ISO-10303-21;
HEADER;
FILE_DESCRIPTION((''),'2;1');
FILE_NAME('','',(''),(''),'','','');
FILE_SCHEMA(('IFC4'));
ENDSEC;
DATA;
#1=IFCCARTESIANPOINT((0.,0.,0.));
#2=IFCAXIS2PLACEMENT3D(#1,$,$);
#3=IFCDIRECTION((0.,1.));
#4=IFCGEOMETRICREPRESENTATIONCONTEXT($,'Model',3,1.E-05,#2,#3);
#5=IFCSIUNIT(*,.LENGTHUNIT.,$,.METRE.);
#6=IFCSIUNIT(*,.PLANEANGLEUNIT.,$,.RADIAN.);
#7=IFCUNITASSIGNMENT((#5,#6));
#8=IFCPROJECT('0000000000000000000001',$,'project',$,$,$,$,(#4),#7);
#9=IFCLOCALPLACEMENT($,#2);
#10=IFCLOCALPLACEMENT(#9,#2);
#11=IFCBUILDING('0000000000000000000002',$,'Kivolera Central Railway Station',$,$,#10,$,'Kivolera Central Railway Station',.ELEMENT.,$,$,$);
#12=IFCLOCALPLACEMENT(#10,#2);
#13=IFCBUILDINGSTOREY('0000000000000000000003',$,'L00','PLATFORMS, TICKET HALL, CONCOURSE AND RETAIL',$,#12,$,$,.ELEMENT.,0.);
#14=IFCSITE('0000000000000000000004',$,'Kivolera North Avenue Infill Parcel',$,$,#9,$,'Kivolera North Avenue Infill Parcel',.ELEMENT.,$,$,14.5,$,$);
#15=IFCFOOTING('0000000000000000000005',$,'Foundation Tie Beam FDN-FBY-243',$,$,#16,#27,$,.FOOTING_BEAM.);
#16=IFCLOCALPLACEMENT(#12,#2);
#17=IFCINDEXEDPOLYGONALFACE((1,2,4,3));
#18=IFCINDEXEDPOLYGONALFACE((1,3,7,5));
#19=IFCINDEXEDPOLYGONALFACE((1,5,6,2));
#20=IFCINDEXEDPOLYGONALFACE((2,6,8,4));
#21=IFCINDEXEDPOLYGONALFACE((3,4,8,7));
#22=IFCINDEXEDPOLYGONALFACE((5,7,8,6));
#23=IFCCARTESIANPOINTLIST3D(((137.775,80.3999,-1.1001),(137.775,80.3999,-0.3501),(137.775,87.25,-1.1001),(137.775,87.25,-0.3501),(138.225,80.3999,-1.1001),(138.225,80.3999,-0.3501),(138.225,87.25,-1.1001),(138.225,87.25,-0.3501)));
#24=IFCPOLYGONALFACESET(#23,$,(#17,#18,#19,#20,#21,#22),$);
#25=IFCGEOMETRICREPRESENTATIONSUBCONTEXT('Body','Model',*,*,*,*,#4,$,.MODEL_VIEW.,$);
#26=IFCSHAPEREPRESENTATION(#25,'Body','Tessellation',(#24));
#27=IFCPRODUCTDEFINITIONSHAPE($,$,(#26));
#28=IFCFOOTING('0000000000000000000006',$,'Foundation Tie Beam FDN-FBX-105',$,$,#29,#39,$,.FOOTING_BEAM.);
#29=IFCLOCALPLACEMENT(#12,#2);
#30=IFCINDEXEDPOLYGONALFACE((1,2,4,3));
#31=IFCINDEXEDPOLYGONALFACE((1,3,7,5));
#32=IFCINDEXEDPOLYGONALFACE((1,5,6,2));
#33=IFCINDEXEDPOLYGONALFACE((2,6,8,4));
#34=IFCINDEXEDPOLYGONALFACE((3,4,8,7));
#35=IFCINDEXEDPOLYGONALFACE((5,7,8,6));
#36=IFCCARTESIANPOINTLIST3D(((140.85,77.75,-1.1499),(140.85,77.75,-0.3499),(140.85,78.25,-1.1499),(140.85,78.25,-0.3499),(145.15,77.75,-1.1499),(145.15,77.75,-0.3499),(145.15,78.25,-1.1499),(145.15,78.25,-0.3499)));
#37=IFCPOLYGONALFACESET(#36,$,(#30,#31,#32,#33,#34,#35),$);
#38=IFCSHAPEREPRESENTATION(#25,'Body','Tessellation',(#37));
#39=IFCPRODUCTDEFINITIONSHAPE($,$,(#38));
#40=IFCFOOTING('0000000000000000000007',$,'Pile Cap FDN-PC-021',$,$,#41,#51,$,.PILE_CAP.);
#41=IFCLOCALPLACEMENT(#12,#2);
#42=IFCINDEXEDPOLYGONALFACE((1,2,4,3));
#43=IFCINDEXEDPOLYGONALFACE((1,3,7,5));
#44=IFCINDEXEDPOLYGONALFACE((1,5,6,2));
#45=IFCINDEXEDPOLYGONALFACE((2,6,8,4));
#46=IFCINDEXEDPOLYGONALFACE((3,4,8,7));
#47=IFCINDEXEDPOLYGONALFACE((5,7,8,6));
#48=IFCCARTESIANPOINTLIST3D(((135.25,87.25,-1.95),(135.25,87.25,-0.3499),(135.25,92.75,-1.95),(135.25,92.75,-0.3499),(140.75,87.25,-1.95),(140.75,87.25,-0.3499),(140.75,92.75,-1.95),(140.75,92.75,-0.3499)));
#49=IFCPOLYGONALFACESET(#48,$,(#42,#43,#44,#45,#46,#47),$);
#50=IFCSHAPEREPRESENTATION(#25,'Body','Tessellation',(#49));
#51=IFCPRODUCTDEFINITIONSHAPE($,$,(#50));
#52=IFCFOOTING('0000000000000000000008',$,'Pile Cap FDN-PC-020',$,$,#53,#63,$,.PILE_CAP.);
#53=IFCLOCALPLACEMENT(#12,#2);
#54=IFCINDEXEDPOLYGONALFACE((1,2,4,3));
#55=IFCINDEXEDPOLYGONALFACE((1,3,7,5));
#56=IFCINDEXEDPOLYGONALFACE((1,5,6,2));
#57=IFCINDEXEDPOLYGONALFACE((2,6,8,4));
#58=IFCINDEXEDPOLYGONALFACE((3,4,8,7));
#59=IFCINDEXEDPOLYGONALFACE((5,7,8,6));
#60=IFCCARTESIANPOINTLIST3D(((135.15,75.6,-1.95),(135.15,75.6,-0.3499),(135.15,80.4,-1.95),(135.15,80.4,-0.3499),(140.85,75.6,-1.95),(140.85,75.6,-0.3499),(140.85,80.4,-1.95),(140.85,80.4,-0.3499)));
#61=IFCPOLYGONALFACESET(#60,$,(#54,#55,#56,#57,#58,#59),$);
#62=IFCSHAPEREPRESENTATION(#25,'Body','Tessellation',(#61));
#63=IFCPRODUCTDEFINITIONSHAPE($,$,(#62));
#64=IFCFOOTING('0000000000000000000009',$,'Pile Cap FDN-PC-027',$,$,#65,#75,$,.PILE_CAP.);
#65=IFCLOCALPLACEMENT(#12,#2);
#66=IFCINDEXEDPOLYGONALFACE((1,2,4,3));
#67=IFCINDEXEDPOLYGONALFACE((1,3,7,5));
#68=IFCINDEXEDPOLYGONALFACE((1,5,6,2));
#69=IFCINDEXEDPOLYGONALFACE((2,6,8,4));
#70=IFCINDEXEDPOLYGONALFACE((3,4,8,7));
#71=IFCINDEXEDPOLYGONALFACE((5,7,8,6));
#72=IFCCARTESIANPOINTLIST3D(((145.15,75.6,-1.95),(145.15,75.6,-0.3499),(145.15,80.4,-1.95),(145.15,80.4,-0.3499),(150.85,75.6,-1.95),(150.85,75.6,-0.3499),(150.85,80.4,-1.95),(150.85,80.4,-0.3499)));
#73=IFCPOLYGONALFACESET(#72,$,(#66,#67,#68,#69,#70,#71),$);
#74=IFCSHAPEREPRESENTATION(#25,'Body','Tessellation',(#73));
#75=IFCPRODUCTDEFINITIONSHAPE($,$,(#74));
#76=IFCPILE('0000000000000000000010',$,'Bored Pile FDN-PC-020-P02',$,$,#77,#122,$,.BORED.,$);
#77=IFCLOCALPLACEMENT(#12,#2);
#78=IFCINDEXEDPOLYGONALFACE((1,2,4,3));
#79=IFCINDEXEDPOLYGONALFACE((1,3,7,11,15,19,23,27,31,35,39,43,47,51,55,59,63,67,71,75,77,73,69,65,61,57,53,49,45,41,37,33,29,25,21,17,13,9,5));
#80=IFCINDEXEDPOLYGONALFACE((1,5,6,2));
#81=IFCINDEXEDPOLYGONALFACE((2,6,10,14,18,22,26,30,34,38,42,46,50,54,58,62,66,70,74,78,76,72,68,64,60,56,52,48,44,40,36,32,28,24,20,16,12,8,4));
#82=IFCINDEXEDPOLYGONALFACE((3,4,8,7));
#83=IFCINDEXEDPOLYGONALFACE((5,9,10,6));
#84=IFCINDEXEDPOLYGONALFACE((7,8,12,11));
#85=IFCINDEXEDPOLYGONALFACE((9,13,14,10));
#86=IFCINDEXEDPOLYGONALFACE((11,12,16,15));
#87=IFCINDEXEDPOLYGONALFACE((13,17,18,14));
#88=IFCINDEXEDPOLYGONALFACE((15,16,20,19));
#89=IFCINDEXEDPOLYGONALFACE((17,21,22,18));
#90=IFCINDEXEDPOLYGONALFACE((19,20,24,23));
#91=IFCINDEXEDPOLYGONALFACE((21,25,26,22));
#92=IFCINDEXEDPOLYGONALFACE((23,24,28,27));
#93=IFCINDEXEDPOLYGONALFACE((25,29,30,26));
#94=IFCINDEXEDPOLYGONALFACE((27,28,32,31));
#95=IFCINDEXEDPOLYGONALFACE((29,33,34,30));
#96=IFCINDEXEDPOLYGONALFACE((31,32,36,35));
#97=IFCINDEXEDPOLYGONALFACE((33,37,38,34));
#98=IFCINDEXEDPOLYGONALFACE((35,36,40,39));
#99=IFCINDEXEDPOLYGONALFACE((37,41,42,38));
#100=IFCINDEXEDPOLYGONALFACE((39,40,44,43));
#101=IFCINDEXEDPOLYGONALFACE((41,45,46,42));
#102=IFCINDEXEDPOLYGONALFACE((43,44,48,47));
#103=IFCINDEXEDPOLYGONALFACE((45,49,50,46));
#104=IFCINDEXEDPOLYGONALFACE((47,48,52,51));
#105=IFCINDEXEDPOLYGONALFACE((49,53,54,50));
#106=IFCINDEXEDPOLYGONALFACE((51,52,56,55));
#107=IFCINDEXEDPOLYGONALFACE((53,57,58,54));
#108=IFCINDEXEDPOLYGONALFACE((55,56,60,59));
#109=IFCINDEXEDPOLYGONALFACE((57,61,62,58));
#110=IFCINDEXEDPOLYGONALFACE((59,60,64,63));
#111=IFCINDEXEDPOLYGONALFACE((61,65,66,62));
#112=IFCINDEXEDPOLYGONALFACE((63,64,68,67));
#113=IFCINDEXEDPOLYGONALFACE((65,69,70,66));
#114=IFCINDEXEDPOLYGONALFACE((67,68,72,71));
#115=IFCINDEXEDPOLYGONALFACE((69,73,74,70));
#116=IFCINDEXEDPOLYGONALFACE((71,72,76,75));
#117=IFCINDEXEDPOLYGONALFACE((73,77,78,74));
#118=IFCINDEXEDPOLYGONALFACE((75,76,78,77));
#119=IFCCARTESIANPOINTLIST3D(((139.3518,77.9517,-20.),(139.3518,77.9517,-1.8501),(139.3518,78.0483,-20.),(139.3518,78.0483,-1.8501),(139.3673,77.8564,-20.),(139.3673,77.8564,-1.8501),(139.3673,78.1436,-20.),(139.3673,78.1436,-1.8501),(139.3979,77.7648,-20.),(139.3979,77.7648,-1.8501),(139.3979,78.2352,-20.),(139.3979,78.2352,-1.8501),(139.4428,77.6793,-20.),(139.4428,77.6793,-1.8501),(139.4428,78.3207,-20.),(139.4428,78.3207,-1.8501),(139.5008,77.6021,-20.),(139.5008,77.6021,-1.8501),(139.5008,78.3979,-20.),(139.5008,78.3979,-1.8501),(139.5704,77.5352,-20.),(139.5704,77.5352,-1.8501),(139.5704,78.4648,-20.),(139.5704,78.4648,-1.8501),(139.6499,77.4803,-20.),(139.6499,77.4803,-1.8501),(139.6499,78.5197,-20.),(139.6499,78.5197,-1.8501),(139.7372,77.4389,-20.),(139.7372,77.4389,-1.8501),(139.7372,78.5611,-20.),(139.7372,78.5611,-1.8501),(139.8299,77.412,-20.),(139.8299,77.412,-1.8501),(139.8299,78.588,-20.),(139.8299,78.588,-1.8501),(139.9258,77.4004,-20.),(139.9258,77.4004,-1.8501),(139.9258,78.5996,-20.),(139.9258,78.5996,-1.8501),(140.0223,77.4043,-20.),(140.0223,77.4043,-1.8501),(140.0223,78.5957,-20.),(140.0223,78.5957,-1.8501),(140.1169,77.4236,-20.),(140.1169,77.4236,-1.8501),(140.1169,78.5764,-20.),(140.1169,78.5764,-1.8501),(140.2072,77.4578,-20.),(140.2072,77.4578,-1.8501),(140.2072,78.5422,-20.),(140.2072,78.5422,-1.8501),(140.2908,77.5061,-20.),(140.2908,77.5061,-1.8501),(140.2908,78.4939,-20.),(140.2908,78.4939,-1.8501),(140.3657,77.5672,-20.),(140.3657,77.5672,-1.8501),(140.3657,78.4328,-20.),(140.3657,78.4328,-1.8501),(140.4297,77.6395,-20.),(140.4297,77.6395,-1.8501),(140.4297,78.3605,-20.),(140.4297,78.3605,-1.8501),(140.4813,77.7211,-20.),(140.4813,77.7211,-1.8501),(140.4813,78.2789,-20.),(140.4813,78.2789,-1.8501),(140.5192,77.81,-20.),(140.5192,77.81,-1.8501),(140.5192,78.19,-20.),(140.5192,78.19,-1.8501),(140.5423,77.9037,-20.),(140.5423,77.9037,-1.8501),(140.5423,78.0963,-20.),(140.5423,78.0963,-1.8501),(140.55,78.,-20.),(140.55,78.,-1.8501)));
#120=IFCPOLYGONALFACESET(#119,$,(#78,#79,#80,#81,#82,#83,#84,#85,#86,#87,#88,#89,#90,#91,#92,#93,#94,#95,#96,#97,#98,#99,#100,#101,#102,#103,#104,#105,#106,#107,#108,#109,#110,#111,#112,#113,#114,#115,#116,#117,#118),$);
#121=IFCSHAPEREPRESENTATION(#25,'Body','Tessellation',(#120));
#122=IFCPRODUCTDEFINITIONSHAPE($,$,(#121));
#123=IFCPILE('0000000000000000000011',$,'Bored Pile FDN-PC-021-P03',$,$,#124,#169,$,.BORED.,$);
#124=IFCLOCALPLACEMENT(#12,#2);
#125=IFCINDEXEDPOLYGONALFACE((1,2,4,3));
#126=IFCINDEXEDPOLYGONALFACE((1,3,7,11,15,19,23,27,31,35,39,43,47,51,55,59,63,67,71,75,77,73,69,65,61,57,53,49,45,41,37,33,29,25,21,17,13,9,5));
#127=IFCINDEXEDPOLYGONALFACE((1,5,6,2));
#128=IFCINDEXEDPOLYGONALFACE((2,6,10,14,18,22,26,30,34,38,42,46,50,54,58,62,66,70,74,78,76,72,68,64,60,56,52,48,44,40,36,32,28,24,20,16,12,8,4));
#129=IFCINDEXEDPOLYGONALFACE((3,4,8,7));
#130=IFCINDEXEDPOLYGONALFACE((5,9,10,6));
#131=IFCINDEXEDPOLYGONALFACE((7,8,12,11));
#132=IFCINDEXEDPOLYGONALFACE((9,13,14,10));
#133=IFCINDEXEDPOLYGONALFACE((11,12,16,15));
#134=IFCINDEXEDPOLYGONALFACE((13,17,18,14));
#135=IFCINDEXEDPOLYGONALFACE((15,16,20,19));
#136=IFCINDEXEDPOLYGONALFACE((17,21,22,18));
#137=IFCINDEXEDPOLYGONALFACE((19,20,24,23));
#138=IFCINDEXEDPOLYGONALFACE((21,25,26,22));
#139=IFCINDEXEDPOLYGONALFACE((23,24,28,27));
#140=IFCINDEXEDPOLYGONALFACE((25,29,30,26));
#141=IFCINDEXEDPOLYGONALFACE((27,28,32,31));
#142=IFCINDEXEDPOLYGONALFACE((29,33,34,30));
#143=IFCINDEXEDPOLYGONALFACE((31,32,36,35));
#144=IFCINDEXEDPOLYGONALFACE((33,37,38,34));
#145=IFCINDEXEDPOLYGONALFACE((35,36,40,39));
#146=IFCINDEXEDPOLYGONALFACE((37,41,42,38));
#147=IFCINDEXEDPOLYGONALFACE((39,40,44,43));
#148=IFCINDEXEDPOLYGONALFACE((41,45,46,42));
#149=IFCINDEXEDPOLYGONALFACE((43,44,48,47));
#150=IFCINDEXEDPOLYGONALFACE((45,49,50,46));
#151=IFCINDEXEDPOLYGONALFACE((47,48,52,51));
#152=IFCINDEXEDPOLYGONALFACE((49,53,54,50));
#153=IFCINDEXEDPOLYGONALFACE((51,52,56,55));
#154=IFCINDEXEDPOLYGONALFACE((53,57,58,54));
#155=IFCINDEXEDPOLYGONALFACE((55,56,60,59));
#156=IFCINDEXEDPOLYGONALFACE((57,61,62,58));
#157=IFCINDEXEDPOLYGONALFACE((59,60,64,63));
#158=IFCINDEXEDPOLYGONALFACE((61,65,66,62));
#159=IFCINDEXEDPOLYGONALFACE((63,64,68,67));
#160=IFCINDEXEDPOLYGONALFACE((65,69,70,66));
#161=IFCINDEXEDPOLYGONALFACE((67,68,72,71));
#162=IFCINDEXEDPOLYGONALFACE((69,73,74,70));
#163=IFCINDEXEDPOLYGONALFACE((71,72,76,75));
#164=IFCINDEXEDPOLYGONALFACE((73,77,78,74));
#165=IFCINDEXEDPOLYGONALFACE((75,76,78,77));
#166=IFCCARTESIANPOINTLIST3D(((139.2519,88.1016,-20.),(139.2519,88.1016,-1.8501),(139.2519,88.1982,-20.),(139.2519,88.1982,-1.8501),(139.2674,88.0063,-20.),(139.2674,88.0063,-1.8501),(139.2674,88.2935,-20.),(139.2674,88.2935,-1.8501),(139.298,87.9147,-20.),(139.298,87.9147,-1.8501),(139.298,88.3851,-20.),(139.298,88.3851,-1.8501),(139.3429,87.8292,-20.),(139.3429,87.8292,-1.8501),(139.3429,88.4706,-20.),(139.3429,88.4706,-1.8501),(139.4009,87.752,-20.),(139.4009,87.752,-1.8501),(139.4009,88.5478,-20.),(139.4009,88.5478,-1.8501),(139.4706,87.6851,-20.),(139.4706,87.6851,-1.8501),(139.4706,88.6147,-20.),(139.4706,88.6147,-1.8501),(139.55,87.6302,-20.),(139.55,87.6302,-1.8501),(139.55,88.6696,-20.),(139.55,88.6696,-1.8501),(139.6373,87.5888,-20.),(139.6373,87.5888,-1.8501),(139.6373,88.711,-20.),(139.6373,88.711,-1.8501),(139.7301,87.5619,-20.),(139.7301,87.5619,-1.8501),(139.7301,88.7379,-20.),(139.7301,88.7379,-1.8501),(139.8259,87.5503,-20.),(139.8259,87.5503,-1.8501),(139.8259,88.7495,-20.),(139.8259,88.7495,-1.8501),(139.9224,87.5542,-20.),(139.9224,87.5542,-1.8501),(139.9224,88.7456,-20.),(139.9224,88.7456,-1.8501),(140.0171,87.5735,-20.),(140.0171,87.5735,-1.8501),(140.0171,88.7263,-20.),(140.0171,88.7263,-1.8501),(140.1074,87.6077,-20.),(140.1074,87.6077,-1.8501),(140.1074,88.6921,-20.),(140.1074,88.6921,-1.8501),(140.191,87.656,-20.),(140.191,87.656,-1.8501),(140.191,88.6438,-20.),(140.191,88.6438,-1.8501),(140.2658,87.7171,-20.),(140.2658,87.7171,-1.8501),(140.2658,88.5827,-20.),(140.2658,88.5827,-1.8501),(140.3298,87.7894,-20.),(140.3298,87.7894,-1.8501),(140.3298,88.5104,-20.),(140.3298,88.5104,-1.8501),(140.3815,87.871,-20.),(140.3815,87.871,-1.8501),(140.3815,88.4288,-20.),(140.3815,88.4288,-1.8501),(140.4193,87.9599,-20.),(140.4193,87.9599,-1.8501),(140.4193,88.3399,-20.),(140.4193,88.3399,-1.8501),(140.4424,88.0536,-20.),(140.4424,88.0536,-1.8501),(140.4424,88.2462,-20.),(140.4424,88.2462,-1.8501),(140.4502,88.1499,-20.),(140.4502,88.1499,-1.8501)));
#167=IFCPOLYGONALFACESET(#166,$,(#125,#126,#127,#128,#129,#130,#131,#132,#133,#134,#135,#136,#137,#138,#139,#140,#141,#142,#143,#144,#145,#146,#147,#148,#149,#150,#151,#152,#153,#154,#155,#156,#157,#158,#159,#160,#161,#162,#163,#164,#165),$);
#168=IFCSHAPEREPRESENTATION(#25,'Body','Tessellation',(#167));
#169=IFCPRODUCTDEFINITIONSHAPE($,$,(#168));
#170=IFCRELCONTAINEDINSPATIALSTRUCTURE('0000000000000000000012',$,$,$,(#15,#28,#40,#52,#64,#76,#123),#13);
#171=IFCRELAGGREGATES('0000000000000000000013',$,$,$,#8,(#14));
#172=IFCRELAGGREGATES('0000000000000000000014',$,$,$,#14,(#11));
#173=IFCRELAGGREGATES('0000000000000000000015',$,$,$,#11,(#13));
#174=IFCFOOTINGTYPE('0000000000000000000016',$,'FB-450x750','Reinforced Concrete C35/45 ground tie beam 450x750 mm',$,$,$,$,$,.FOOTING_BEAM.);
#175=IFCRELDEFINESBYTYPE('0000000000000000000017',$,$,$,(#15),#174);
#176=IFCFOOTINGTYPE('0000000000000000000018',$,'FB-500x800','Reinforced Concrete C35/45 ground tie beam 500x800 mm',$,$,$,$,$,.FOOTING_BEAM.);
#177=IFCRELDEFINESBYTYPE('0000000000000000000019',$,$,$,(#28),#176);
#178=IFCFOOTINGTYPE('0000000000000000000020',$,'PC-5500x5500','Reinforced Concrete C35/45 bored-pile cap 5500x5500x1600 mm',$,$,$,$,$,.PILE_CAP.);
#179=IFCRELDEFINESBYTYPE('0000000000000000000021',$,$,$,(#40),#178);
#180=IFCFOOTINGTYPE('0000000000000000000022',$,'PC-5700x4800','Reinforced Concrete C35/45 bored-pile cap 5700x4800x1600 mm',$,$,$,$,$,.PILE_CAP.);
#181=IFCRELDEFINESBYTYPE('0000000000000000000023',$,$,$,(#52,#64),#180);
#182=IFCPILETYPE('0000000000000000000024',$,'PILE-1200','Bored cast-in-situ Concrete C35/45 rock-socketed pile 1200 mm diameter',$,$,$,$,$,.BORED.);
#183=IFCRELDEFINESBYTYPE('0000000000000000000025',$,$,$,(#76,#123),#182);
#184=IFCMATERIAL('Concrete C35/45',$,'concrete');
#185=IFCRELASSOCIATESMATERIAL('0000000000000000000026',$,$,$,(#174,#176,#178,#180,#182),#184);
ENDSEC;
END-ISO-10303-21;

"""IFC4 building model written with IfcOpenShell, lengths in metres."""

from ifc_helpers import new_model, si_unit, direction, frame, origin, origin_2d, place, context, subcontext, project, spatial, rectangle, circle, extrude, material, material_profile, profile_set, type_object, element, save


model = new_model("IFC4")

# Units and contexts
model_context = context("Model", 3, precision=1e-05, world=origin(), true_north=direction((0.0, 1.0)))
body_context = subcontext(model_context, "Body", "Model", "MODEL_VIEW")
ifc_project = project(units=[si_unit("LENGTHUNIT", "METRE"), si_unit("PLANEANGLEUNIT", "RADIAN")], contexts=[model_context])

# Site, building, storey
site_placement = place(None, origin())
site = spatial("IfcSite", under=ifc_project, at=site_placement, Name="Kivolera North Avenue Infill Parcel", LongName="Kivolera North Avenue Infill Parcel", CompositionType="ELEMENT", RefElevation=14.5)
building_placement = place(site_placement, origin())
building = spatial("IfcBuilding", under=site, at=building_placement, Name="Kivolera Central Railway Station", LongName="Kivolera Central Railway Station", CompositionType="ELEMENT")
storey_placement = place(building_placement, origin())
storey = spatial("IfcBuildingStorey", under=building, at=storey_placement, Name="L00", Description="PLATFORMS, TICKET HALL, CONCOURSE AND RETAIL", CompositionType="ELEMENT", Elevation=0.0)

# Footings
ifc_material_1 = material(Name="Concrete C35/45", Category="concrete")
footing_type_1 = type_object("IfcFootingType", Name="FB-450x750", Description="Reinforced Concrete C35/45 ground tie beam 450x750 mm", PredefinedType="FOOTING_BEAM", material=ifc_material_1)
footing_1_placement = place(storey_placement, frame((138.0, 83.825, -1.1001), z_axis=(0.0, 0.0, 1.0), x_axis=(1.0, 0.0, 0.0)))
element("IfcFooting", 1, at=footing_1_placement, inside=storey, type_object=footing_type_1, Name="Foundation Tie Beam FDN-FBY-243", PredefinedType="FOOTING_BEAM", context=body_context, shape_type="SweptSolid", body=[
    extrude(rectangle(XDim=0.45, YDim=6.8501, at=origin_2d()), origin(), (0.0, 0.0, 1.0), 0.75),
])
footing_type_2 = type_object("IfcFootingType", Name="FB-500x800", Description="Reinforced Concrete C35/45 ground tie beam 500x800 mm", PredefinedType="FOOTING_BEAM", material=ifc_material_1)
footing_2_placement = place(storey_placement, frame((143.0, 78.0, -1.1499), z_axis=(0.0, 0.0, 1.0), x_axis=(1.0, 0.0, 0.0)))
element("IfcFooting", 2, at=footing_2_placement, inside=storey, type_object=footing_type_2, Name="Foundation Tie Beam FDN-FBX-105", PredefinedType="FOOTING_BEAM", context=body_context, shape_type="SweptSolid", body=[
    extrude(rectangle(XDim=4.3, YDim=0.5, at=origin_2d()), origin(), (0.0, 0.0, 1.0), 0.8),
])
footing_type_3 = type_object("IfcFootingType", Name="PC-5500x5500", Description="Reinforced Concrete C35/45 bored-pile cap 5500x5500x1600 mm", PredefinedType="PILE_CAP", material=ifc_material_1)
footing_3_placement = place(storey_placement, frame((138.0, 90.0, -1.95), z_axis=(0.0, 0.0, 1.0), x_axis=(1.0, 0.0, 0.0)))
element("IfcFooting", 3, at=footing_3_placement, inside=storey, type_object=footing_type_3, Name="Pile Cap FDN-PC-021", PredefinedType="PILE_CAP", context=body_context, shape_type="SweptSolid", body=[
    extrude(rectangle(XDim=5.5, YDim=5.5, at=origin_2d()), origin(), (0.0, 0.0, 1.0), 1.6001),
])
footing_type_4 = type_object("IfcFootingType", Name="PC-5700x4800", Description="Reinforced Concrete C35/45 bored-pile cap 5700x4800x1600 mm", PredefinedType="PILE_CAP", material=ifc_material_1)
for number, where, z_axis, x_axis, name in (
    (4, (138.0, 78.0, -1.95), (0.0, 0.0, 1.0), (1.0, 0.0, 0.0), "Pile Cap FDN-PC-020"),
    (5, (148.0, 78.0, -1.95), (0.0, 0.0, 1.0), (1.0, 0.0, 0.0), "Pile Cap FDN-PC-027"),
):
    element("IfcFooting", number, at=place(storey_placement, frame(where, z_axis=z_axis, x_axis=x_axis)), inside=storey, type_object=footing_type_4, Name=name, PredefinedType="PILE_CAP", context=body_context, shape_type="SweptSolid", body=[
        extrude(rectangle(XDim=5.7, YDim=4.8, at=origin_2d()), origin(), (0.0, 0.0, 1.0), 1.6001),
    ])

# Piles
ifc_material_profile_1 = material_profile(ifc_material_1, circle(Radius=0.6001, at=origin_2d()), Name="PILE D1200")
ifc_profile_set_1 = profile_set([ifc_material_profile_1], Name="Concrete C35/45")
pile_type = type_object("IfcPileType", Name="PILE-1200", Description="Bored cast-in-situ Concrete C35/45 rock-socketed pile 1200 mm diameter", PredefinedType="BORED", material=ifc_profile_set_1)
for number, where, z_axis, x_axis, name in (
    (6, (139.95, 78.0, -1.8501), (0.0, 0.0, -1.0), (1.0, 0.0, 0.0), "Bored Pile FDN-PC-020-P02"),
    (7, (139.8501, 88.1499, -1.8501), (0.0, 0.0, -1.0), (1.0, 0.0, 0.0), "Bored Pile FDN-PC-021-P03"),
):
    element("IfcPile", number, at=place(storey_placement, frame(where, z_axis=z_axis, x_axis=x_axis)), inside=storey, type_object=pile_type, Name=name, PredefinedType="BORED", context=body_context, shape_type="SweptSolid", body=[
        extrude(circle(Radius=0.6001, at=origin_2d()), origin(), (0.0, 0.0, 1.0), 18.1499),
    ])

save(model, "model.ifc")
